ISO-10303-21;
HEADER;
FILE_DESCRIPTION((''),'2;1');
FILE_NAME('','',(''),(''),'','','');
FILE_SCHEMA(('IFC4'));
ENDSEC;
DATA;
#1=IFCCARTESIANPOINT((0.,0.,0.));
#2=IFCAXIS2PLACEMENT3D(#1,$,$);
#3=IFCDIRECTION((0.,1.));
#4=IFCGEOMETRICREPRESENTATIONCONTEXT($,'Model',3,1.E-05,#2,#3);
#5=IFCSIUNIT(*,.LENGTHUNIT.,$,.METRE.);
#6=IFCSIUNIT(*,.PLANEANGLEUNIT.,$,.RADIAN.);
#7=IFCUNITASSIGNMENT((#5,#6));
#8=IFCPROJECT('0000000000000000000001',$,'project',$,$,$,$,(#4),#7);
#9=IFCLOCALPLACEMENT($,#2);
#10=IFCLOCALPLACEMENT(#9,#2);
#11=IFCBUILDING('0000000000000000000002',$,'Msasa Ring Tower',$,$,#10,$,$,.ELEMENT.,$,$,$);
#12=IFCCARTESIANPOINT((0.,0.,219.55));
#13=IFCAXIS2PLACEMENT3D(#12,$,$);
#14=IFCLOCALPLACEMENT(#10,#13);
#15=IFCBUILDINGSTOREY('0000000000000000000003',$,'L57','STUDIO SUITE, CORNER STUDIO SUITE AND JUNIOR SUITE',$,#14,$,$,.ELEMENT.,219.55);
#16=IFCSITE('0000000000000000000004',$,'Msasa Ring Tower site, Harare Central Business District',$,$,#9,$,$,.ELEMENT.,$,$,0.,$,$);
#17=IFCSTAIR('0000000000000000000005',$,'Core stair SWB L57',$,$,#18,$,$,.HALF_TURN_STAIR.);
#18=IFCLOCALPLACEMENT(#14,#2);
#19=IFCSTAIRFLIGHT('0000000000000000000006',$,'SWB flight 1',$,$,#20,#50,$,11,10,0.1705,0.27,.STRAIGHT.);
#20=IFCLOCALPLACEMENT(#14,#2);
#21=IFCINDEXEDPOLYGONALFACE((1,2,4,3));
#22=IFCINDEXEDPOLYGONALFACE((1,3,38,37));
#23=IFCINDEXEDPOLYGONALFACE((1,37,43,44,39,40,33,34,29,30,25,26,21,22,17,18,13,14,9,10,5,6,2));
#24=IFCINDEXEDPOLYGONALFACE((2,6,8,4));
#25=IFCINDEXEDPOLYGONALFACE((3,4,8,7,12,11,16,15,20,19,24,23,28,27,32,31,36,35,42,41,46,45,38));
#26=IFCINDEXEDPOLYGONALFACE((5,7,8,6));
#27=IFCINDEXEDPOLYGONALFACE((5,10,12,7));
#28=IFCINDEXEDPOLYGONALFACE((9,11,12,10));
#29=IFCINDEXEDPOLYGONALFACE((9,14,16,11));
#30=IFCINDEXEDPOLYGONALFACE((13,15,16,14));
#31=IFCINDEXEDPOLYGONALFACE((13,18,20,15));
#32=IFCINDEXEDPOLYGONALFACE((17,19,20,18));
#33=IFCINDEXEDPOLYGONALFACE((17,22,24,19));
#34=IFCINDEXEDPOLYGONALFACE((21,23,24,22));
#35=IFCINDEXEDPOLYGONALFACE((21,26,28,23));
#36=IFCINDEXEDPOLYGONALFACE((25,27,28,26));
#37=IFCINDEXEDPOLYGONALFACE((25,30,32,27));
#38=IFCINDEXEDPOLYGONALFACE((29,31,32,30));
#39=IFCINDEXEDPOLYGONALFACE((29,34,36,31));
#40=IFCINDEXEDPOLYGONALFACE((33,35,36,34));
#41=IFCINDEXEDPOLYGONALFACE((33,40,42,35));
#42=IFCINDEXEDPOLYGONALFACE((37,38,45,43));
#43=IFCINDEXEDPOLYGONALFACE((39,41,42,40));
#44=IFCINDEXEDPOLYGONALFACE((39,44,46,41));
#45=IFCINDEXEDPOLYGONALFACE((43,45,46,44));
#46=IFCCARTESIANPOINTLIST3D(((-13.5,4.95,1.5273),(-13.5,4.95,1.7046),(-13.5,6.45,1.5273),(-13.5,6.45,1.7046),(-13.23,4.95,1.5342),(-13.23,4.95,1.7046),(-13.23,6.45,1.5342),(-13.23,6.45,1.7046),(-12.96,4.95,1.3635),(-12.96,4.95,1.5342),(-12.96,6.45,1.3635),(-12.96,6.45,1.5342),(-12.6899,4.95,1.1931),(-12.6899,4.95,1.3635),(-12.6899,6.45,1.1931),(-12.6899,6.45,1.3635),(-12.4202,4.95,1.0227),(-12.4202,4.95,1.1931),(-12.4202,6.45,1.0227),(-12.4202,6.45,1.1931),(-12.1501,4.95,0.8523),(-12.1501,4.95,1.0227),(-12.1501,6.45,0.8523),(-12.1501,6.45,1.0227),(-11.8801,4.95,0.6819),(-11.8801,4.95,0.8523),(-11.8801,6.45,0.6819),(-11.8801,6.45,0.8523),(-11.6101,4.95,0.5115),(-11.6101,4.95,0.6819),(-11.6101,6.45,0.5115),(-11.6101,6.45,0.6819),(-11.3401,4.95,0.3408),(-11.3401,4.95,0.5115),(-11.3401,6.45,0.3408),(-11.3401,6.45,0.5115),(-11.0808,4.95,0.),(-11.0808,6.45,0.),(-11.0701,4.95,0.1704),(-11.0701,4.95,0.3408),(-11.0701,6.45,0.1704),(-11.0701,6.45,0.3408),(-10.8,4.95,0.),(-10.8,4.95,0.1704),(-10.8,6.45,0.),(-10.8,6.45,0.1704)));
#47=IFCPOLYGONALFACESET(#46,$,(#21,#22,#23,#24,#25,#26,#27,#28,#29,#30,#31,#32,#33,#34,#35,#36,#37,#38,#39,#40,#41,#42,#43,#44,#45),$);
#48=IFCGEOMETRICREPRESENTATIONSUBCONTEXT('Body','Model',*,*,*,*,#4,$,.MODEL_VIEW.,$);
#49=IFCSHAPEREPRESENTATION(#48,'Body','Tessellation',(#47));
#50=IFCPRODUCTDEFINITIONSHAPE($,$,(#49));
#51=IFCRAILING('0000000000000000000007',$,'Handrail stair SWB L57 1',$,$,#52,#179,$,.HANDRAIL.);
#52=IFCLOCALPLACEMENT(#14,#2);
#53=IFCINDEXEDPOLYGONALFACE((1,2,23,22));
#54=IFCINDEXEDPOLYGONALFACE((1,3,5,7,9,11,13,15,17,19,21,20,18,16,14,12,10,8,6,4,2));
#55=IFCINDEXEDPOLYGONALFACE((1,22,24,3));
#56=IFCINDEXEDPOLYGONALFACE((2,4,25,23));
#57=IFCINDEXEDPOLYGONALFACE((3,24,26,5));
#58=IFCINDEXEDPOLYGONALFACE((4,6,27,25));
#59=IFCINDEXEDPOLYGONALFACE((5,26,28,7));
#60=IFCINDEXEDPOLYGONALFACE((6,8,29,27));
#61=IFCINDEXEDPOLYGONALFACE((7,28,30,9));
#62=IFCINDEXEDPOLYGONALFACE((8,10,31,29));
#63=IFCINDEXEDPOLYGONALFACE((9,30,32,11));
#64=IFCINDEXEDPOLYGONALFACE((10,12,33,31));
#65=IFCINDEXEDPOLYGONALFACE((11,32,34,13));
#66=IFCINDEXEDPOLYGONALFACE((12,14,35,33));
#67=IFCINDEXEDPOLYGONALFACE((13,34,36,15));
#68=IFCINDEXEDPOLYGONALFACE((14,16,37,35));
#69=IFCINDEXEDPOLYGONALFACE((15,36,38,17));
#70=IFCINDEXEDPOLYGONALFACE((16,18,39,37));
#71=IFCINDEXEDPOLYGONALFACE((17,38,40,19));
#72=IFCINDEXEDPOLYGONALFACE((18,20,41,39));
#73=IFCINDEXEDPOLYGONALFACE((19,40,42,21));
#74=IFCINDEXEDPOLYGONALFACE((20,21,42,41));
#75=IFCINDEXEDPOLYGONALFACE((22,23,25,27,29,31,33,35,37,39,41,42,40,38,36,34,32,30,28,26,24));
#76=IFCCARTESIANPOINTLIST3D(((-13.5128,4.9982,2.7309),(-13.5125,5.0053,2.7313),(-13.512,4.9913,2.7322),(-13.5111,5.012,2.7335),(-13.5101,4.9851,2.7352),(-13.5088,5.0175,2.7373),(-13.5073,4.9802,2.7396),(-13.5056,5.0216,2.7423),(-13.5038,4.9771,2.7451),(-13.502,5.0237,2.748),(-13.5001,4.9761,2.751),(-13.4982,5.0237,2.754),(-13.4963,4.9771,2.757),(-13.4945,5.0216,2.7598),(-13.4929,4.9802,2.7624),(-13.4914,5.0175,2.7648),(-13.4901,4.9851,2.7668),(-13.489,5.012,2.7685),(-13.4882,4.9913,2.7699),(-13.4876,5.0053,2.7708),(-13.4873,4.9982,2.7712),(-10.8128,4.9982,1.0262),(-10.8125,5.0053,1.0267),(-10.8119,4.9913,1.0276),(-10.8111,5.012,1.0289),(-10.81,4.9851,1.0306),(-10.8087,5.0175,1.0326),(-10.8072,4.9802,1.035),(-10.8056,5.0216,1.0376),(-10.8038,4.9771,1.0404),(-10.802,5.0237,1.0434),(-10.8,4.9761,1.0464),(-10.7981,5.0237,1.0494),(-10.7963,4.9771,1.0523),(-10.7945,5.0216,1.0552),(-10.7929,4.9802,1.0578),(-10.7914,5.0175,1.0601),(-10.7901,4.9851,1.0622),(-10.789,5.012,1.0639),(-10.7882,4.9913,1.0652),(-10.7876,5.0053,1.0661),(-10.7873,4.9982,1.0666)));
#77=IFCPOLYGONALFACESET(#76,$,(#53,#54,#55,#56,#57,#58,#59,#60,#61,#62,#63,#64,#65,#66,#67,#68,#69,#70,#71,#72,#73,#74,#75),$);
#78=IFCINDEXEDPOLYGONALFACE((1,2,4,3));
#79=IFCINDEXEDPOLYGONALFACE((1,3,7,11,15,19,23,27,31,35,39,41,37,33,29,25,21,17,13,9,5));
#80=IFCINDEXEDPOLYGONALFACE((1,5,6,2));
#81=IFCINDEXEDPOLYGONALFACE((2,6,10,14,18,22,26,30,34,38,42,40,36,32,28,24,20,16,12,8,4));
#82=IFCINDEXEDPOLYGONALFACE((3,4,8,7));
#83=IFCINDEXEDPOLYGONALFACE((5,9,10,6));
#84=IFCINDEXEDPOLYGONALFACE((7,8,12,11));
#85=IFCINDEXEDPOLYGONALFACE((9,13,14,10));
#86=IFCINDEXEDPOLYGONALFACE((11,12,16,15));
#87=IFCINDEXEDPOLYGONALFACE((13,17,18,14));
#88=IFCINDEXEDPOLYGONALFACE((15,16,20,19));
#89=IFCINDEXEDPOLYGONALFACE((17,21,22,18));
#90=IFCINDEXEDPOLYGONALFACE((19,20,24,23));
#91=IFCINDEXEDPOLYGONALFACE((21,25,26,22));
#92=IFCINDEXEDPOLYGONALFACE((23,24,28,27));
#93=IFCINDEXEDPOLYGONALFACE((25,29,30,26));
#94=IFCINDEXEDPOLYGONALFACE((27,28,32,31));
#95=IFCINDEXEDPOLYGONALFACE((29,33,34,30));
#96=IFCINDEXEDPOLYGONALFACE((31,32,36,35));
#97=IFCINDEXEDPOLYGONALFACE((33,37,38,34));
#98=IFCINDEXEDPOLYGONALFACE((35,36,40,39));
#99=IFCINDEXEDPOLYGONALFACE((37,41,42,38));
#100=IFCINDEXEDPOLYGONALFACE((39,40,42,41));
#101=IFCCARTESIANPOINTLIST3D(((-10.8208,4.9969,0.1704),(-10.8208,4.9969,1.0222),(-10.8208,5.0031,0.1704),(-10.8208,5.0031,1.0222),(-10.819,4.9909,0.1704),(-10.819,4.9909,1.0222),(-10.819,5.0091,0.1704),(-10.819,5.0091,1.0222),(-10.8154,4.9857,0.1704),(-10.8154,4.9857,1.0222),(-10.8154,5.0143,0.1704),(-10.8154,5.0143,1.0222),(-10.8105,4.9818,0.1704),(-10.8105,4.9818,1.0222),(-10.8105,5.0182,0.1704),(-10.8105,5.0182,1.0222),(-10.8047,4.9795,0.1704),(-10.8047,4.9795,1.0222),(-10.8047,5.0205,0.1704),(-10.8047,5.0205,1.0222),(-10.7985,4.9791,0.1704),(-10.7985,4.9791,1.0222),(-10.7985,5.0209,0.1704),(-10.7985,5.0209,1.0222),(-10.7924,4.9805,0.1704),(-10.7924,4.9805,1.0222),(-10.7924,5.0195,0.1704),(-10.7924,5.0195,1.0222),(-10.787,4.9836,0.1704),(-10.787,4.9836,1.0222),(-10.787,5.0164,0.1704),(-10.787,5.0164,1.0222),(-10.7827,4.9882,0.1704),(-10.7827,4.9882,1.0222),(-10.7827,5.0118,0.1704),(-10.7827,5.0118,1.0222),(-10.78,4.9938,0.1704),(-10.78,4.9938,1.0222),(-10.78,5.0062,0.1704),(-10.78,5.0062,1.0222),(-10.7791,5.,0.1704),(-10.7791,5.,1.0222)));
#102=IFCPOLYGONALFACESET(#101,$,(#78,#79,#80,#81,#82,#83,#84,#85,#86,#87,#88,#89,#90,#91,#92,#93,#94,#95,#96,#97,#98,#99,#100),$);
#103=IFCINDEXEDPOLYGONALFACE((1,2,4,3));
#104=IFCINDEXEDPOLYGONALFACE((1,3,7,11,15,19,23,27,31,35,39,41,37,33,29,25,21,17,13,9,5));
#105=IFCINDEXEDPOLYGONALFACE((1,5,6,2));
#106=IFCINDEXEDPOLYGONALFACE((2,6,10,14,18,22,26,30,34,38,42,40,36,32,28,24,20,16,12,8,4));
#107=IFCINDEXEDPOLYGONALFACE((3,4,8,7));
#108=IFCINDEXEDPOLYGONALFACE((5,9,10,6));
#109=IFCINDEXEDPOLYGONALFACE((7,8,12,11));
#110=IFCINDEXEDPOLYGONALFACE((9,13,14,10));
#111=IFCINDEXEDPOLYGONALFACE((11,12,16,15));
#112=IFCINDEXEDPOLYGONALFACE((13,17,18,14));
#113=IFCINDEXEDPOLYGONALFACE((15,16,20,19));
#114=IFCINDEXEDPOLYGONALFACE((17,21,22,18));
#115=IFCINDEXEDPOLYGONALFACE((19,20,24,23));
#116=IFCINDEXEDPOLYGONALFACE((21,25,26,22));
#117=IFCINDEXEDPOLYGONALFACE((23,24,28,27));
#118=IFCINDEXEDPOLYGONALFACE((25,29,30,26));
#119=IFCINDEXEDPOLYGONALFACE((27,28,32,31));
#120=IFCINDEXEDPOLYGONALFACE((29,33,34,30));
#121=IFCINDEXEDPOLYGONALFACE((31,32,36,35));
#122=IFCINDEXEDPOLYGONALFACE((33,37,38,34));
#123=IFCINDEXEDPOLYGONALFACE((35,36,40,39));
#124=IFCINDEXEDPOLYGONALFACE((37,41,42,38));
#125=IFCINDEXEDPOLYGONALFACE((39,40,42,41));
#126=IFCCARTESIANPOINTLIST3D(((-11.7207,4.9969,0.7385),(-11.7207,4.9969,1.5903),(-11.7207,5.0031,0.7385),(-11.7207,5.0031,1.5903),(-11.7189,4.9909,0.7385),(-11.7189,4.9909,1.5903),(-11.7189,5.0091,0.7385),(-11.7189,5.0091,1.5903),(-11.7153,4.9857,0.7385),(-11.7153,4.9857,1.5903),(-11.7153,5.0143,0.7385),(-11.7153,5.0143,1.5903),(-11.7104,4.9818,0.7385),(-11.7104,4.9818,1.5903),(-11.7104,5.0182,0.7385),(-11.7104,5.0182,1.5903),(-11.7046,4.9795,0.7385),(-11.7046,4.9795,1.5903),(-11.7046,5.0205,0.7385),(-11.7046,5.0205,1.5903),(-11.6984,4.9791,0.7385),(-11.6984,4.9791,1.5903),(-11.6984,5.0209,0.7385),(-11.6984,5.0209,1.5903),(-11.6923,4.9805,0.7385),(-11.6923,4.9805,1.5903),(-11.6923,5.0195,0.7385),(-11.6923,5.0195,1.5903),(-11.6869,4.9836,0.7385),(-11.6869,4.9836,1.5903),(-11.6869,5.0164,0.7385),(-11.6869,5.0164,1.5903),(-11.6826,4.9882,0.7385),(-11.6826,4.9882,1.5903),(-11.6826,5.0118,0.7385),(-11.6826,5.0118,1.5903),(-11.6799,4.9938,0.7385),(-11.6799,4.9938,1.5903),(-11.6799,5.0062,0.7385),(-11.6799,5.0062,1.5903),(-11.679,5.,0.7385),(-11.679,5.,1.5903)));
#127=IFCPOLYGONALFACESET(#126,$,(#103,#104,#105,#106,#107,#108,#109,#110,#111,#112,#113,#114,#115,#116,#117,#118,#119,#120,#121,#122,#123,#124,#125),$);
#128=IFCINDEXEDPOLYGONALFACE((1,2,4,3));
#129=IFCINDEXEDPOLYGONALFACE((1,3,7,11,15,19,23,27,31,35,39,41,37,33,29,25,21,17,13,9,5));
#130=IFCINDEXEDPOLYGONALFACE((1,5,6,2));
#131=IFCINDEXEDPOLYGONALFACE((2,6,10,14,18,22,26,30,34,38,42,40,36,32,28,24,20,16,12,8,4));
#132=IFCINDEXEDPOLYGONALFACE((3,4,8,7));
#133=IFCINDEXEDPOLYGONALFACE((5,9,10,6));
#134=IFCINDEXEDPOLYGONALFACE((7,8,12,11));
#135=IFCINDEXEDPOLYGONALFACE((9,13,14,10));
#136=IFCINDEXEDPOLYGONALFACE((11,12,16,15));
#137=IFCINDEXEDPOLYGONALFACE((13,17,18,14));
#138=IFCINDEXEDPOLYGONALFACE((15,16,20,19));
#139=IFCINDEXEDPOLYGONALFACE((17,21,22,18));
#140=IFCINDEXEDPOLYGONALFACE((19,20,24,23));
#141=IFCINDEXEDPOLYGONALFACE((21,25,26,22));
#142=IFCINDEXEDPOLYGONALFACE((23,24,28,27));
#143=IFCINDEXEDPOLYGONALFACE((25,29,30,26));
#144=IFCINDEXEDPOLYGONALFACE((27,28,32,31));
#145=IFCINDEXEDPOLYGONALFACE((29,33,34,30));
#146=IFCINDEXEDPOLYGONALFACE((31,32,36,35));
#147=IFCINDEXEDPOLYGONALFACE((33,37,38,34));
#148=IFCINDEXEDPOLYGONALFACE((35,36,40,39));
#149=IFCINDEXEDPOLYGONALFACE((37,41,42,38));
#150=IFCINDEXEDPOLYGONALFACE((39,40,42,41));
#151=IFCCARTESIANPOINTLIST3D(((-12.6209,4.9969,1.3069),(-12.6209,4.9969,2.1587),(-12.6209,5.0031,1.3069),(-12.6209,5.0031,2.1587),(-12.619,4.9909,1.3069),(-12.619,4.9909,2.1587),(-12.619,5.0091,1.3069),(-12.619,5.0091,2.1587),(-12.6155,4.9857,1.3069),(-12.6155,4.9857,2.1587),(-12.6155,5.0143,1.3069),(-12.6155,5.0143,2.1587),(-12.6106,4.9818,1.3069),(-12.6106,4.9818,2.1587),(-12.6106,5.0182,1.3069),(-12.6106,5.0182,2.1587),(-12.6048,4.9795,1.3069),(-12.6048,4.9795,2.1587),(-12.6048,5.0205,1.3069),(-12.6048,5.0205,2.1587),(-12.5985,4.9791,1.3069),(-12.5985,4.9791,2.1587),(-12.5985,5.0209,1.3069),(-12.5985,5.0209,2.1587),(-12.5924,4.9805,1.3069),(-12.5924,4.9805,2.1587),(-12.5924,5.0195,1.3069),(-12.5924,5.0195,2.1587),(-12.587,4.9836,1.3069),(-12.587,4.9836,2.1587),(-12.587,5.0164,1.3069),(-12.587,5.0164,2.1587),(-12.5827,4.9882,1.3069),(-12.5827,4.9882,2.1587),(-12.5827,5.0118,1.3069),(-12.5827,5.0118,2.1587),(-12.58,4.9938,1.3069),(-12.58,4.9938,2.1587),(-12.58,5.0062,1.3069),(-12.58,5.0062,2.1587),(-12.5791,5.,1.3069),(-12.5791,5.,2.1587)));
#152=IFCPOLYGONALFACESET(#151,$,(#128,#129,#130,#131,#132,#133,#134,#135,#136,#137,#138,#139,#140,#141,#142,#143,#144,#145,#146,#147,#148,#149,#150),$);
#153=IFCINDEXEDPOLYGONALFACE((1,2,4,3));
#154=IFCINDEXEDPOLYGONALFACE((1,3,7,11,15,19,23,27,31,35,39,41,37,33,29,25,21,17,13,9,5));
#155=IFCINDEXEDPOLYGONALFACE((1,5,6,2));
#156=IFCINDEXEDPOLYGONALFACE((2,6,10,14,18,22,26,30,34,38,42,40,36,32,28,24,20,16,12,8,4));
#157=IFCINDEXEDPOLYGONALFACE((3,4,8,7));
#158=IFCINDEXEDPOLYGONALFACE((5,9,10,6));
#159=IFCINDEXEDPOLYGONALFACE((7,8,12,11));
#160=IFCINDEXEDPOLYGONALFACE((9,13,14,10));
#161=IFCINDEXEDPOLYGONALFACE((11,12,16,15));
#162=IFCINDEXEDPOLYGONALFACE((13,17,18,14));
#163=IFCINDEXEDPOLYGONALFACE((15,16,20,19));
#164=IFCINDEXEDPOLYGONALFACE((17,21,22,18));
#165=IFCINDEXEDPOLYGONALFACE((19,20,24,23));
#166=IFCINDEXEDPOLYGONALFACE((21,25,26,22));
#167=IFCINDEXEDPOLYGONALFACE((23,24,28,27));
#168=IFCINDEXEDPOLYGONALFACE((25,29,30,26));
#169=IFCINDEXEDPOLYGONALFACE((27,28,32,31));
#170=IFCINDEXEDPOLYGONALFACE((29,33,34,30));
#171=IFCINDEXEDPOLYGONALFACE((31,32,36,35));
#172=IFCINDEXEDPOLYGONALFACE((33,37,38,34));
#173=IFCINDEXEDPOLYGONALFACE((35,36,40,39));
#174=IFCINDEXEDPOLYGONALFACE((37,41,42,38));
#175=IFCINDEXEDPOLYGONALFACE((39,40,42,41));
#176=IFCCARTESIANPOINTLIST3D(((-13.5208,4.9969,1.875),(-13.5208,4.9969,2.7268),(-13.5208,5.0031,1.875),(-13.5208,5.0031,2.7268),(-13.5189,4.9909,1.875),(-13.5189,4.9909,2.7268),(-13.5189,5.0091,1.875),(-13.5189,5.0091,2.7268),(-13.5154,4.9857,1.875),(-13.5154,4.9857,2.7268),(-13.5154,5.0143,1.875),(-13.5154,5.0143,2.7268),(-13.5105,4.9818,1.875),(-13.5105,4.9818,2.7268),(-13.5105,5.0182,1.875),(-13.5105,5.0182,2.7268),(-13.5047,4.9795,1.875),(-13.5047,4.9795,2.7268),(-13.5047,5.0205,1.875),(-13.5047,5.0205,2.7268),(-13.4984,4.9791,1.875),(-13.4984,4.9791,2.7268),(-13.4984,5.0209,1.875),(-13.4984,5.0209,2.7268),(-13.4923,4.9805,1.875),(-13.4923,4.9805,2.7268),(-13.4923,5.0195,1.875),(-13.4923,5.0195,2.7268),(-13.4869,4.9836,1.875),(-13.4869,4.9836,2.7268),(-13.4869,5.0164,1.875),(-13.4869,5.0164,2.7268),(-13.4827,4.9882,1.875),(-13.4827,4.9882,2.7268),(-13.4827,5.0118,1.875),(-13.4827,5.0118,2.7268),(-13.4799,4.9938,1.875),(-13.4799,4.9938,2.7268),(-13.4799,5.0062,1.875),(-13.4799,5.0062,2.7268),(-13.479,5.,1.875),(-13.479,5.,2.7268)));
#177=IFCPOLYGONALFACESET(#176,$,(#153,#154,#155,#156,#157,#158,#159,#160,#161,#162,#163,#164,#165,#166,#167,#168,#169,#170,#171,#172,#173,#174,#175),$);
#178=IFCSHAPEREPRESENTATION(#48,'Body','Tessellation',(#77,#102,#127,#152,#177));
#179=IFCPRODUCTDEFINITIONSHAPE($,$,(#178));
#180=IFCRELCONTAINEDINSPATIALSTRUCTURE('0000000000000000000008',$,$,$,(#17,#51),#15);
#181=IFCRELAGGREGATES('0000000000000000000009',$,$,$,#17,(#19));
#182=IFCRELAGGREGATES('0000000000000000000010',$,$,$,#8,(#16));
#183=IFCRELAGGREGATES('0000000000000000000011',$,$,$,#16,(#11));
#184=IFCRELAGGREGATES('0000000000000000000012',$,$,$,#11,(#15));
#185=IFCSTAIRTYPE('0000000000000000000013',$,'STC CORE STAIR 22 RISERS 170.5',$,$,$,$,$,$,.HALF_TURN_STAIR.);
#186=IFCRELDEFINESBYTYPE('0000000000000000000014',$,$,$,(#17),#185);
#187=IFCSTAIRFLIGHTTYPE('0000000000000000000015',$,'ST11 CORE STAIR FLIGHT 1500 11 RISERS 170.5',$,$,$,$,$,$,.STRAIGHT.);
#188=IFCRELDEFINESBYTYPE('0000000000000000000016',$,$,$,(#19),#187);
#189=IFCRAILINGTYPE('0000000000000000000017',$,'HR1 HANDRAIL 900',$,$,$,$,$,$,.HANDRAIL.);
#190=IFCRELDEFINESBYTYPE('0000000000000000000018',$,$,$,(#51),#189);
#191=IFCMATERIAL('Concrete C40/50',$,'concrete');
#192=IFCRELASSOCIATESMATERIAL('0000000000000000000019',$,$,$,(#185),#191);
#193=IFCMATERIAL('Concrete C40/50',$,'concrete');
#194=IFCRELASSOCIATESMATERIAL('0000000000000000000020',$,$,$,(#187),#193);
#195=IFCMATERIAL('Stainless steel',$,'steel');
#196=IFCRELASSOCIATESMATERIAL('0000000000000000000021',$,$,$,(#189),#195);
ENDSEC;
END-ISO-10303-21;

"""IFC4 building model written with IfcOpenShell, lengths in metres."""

from ifc_helpers import new_model, si_unit, direction, frame, origin, origin_2d, place, context, subcontext, project, spatial, polyline, circle, outline, extrude, material, type_object, element, aggregate, save


model = new_model("IFC4")

# Units and contexts
model_context = context("Model", 3, precision=1e-05, world=origin(), true_north=direction((0.0, 1.0)))
body_context = subcontext(model_context, "Body", "Model", "MODEL_VIEW")
ifc_project = project(units=[si_unit("LENGTHUNIT", "METRE"), si_unit("PLANEANGLEUNIT", "RADIAN")], contexts=[model_context])

# Site, building, storey
site_placement = place(None, origin())
site = spatial("IfcSite", under=ifc_project, at=site_placement, Name="Msasa Ring Tower site, Harare Central Business District", CompositionType="ELEMENT", RefElevation=0.0)
building_placement = place(site_placement, origin())
building = spatial("IfcBuilding", under=site, at=building_placement, Name="Msasa Ring Tower", CompositionType="ELEMENT")
storey_placement = place(building_placement, frame((0.0, 0.0, 219.55)))
storey = spatial("IfcBuildingStorey", under=building, at=storey_placement, Name="L57", Description="STUDIO SUITE, CORNER STUDIO SUITE AND JUNIOR SUITE", CompositionType="ELEMENT", Elevation=219.55)

# Stair, stair flight
ifc_material_1 = material(Name="Concrete C40/50", Category="concrete")
stair_type = type_object("IfcStairType", Name="STC CORE STAIR 22 RISERS 170.5", PredefinedType="HALF_TURN_STAIR", material=ifc_material_1)
stair_placement = place(storey_placement, origin())
stair = element("IfcStair", 1, at=stair_placement, inside=storey, type_object=stair_type, Name="Core stair SWB L57", PredefinedType="HALF_TURN_STAIR")
ifc_material_2 = material(Name="Concrete C40/50", Category="concrete")
stair_flight_type = type_object("IfcStairFlightType", Name="ST11 CORE STAIR FLIGHT 1500 11 RISERS 170.5", PredefinedType="STRAIGHT", material=ifc_material_2)
stair_flight_placement = place(storey_placement, frame((-10.8, 5.7, 0.0), z_axis=(0.0, 0.0, 1.0), x_axis=(-1.0, 0.0, 0.0)))
stair_flight = element("IfcStairFlight", 2, at=stair_flight_placement, type_object=stair_flight_type, Name="SWB flight 1", NumberOfRisers=11, NumberOfTreads=10, PredefinedType="STRAIGHT", RiserHeight=0.1705, TreadLength=0.27, context=body_context, shape_type="SweptSolid", body=[
    extrude(outline(polyline([(0.0, 0.0), (0.0, 0.1704), (0.27, 0.1704), (0.27, 0.3408), (0.54, 0.3408), (0.54, 0.5115), (0.8101, 0.5115), (0.8101, 0.6819), (1.0801, 0.6819), (1.0801, 0.8523), (1.3501, 0.8523), (1.3501, 1.0227), (1.6201, 1.0227), (1.6201, 1.1931), (1.8899, 1.1931), (1.8899, 1.3635), (2.1599, 1.3635), (2.1599, 1.5342), (2.4299, 1.5342), (2.4299, 1.7046), (2.7, 1.7046), (2.7, 1.875), (2.7, 1.5273), (0.2808, 0.0), (0.0, 0.0)])), frame((0.0, 0.75, 0.0), z_axis=(0.0, -1.0, 0.0), x_axis=(1.0, 0.0, 0.0)), (0.0, 0.0, 1.0), 1.5),
])
aggregate(stair, [stair_flight])

# Railing
ifc_material_3 = material(Name="Stainless steel", Category="steel")
railing_type = type_object("IfcRailingType", Name="HR1 HANDRAIL 900", PredefinedType="HANDRAIL", material=ifc_material_3)
for number, where, name in (
    (3, (-10.8, 5.0, 0.1704), "Handrail stair SWB L57 1"),
):
    element("IfcRailing", number, at=place(storey_placement, frame(where)), inside=storey, type_object=railing_type, Name=name, PredefinedType="HANDRAIL", context=body_context, shape_type="SweptSolid", body=[
        extrude(circle(Radius=0.0239, at=origin_2d()), frame((0.0, 0.0, 0.876), z_axis=(-0.84558, 0.0, 0.533849), x_axis=(0.0, -1.0, 0.0)), (0.0, 0.0, 1.0), 3.1931),
        extrude(circle(Radius=0.021, at=origin_2d()), origin(), (0.0, 0.0, 1.0), 0.8518),
        extrude(circle(Radius=0.021, at=origin_2d()), frame((-0.8999, 0.0, 0.5681)), (0.0, 0.0, 1.0), 0.8518),
        extrude(circle(Radius=0.021, at=origin_2d()), frame((-1.8, 0.0, 1.1365)), (0.0, 0.0, 1.0), 0.8518),
        extrude(circle(Radius=0.021, at=origin_2d()), frame((-2.7, 0.0, 1.7046)), (0.0, 0.0, 1.0), 0.8518),
    ])

save(model, "model.ifc")
